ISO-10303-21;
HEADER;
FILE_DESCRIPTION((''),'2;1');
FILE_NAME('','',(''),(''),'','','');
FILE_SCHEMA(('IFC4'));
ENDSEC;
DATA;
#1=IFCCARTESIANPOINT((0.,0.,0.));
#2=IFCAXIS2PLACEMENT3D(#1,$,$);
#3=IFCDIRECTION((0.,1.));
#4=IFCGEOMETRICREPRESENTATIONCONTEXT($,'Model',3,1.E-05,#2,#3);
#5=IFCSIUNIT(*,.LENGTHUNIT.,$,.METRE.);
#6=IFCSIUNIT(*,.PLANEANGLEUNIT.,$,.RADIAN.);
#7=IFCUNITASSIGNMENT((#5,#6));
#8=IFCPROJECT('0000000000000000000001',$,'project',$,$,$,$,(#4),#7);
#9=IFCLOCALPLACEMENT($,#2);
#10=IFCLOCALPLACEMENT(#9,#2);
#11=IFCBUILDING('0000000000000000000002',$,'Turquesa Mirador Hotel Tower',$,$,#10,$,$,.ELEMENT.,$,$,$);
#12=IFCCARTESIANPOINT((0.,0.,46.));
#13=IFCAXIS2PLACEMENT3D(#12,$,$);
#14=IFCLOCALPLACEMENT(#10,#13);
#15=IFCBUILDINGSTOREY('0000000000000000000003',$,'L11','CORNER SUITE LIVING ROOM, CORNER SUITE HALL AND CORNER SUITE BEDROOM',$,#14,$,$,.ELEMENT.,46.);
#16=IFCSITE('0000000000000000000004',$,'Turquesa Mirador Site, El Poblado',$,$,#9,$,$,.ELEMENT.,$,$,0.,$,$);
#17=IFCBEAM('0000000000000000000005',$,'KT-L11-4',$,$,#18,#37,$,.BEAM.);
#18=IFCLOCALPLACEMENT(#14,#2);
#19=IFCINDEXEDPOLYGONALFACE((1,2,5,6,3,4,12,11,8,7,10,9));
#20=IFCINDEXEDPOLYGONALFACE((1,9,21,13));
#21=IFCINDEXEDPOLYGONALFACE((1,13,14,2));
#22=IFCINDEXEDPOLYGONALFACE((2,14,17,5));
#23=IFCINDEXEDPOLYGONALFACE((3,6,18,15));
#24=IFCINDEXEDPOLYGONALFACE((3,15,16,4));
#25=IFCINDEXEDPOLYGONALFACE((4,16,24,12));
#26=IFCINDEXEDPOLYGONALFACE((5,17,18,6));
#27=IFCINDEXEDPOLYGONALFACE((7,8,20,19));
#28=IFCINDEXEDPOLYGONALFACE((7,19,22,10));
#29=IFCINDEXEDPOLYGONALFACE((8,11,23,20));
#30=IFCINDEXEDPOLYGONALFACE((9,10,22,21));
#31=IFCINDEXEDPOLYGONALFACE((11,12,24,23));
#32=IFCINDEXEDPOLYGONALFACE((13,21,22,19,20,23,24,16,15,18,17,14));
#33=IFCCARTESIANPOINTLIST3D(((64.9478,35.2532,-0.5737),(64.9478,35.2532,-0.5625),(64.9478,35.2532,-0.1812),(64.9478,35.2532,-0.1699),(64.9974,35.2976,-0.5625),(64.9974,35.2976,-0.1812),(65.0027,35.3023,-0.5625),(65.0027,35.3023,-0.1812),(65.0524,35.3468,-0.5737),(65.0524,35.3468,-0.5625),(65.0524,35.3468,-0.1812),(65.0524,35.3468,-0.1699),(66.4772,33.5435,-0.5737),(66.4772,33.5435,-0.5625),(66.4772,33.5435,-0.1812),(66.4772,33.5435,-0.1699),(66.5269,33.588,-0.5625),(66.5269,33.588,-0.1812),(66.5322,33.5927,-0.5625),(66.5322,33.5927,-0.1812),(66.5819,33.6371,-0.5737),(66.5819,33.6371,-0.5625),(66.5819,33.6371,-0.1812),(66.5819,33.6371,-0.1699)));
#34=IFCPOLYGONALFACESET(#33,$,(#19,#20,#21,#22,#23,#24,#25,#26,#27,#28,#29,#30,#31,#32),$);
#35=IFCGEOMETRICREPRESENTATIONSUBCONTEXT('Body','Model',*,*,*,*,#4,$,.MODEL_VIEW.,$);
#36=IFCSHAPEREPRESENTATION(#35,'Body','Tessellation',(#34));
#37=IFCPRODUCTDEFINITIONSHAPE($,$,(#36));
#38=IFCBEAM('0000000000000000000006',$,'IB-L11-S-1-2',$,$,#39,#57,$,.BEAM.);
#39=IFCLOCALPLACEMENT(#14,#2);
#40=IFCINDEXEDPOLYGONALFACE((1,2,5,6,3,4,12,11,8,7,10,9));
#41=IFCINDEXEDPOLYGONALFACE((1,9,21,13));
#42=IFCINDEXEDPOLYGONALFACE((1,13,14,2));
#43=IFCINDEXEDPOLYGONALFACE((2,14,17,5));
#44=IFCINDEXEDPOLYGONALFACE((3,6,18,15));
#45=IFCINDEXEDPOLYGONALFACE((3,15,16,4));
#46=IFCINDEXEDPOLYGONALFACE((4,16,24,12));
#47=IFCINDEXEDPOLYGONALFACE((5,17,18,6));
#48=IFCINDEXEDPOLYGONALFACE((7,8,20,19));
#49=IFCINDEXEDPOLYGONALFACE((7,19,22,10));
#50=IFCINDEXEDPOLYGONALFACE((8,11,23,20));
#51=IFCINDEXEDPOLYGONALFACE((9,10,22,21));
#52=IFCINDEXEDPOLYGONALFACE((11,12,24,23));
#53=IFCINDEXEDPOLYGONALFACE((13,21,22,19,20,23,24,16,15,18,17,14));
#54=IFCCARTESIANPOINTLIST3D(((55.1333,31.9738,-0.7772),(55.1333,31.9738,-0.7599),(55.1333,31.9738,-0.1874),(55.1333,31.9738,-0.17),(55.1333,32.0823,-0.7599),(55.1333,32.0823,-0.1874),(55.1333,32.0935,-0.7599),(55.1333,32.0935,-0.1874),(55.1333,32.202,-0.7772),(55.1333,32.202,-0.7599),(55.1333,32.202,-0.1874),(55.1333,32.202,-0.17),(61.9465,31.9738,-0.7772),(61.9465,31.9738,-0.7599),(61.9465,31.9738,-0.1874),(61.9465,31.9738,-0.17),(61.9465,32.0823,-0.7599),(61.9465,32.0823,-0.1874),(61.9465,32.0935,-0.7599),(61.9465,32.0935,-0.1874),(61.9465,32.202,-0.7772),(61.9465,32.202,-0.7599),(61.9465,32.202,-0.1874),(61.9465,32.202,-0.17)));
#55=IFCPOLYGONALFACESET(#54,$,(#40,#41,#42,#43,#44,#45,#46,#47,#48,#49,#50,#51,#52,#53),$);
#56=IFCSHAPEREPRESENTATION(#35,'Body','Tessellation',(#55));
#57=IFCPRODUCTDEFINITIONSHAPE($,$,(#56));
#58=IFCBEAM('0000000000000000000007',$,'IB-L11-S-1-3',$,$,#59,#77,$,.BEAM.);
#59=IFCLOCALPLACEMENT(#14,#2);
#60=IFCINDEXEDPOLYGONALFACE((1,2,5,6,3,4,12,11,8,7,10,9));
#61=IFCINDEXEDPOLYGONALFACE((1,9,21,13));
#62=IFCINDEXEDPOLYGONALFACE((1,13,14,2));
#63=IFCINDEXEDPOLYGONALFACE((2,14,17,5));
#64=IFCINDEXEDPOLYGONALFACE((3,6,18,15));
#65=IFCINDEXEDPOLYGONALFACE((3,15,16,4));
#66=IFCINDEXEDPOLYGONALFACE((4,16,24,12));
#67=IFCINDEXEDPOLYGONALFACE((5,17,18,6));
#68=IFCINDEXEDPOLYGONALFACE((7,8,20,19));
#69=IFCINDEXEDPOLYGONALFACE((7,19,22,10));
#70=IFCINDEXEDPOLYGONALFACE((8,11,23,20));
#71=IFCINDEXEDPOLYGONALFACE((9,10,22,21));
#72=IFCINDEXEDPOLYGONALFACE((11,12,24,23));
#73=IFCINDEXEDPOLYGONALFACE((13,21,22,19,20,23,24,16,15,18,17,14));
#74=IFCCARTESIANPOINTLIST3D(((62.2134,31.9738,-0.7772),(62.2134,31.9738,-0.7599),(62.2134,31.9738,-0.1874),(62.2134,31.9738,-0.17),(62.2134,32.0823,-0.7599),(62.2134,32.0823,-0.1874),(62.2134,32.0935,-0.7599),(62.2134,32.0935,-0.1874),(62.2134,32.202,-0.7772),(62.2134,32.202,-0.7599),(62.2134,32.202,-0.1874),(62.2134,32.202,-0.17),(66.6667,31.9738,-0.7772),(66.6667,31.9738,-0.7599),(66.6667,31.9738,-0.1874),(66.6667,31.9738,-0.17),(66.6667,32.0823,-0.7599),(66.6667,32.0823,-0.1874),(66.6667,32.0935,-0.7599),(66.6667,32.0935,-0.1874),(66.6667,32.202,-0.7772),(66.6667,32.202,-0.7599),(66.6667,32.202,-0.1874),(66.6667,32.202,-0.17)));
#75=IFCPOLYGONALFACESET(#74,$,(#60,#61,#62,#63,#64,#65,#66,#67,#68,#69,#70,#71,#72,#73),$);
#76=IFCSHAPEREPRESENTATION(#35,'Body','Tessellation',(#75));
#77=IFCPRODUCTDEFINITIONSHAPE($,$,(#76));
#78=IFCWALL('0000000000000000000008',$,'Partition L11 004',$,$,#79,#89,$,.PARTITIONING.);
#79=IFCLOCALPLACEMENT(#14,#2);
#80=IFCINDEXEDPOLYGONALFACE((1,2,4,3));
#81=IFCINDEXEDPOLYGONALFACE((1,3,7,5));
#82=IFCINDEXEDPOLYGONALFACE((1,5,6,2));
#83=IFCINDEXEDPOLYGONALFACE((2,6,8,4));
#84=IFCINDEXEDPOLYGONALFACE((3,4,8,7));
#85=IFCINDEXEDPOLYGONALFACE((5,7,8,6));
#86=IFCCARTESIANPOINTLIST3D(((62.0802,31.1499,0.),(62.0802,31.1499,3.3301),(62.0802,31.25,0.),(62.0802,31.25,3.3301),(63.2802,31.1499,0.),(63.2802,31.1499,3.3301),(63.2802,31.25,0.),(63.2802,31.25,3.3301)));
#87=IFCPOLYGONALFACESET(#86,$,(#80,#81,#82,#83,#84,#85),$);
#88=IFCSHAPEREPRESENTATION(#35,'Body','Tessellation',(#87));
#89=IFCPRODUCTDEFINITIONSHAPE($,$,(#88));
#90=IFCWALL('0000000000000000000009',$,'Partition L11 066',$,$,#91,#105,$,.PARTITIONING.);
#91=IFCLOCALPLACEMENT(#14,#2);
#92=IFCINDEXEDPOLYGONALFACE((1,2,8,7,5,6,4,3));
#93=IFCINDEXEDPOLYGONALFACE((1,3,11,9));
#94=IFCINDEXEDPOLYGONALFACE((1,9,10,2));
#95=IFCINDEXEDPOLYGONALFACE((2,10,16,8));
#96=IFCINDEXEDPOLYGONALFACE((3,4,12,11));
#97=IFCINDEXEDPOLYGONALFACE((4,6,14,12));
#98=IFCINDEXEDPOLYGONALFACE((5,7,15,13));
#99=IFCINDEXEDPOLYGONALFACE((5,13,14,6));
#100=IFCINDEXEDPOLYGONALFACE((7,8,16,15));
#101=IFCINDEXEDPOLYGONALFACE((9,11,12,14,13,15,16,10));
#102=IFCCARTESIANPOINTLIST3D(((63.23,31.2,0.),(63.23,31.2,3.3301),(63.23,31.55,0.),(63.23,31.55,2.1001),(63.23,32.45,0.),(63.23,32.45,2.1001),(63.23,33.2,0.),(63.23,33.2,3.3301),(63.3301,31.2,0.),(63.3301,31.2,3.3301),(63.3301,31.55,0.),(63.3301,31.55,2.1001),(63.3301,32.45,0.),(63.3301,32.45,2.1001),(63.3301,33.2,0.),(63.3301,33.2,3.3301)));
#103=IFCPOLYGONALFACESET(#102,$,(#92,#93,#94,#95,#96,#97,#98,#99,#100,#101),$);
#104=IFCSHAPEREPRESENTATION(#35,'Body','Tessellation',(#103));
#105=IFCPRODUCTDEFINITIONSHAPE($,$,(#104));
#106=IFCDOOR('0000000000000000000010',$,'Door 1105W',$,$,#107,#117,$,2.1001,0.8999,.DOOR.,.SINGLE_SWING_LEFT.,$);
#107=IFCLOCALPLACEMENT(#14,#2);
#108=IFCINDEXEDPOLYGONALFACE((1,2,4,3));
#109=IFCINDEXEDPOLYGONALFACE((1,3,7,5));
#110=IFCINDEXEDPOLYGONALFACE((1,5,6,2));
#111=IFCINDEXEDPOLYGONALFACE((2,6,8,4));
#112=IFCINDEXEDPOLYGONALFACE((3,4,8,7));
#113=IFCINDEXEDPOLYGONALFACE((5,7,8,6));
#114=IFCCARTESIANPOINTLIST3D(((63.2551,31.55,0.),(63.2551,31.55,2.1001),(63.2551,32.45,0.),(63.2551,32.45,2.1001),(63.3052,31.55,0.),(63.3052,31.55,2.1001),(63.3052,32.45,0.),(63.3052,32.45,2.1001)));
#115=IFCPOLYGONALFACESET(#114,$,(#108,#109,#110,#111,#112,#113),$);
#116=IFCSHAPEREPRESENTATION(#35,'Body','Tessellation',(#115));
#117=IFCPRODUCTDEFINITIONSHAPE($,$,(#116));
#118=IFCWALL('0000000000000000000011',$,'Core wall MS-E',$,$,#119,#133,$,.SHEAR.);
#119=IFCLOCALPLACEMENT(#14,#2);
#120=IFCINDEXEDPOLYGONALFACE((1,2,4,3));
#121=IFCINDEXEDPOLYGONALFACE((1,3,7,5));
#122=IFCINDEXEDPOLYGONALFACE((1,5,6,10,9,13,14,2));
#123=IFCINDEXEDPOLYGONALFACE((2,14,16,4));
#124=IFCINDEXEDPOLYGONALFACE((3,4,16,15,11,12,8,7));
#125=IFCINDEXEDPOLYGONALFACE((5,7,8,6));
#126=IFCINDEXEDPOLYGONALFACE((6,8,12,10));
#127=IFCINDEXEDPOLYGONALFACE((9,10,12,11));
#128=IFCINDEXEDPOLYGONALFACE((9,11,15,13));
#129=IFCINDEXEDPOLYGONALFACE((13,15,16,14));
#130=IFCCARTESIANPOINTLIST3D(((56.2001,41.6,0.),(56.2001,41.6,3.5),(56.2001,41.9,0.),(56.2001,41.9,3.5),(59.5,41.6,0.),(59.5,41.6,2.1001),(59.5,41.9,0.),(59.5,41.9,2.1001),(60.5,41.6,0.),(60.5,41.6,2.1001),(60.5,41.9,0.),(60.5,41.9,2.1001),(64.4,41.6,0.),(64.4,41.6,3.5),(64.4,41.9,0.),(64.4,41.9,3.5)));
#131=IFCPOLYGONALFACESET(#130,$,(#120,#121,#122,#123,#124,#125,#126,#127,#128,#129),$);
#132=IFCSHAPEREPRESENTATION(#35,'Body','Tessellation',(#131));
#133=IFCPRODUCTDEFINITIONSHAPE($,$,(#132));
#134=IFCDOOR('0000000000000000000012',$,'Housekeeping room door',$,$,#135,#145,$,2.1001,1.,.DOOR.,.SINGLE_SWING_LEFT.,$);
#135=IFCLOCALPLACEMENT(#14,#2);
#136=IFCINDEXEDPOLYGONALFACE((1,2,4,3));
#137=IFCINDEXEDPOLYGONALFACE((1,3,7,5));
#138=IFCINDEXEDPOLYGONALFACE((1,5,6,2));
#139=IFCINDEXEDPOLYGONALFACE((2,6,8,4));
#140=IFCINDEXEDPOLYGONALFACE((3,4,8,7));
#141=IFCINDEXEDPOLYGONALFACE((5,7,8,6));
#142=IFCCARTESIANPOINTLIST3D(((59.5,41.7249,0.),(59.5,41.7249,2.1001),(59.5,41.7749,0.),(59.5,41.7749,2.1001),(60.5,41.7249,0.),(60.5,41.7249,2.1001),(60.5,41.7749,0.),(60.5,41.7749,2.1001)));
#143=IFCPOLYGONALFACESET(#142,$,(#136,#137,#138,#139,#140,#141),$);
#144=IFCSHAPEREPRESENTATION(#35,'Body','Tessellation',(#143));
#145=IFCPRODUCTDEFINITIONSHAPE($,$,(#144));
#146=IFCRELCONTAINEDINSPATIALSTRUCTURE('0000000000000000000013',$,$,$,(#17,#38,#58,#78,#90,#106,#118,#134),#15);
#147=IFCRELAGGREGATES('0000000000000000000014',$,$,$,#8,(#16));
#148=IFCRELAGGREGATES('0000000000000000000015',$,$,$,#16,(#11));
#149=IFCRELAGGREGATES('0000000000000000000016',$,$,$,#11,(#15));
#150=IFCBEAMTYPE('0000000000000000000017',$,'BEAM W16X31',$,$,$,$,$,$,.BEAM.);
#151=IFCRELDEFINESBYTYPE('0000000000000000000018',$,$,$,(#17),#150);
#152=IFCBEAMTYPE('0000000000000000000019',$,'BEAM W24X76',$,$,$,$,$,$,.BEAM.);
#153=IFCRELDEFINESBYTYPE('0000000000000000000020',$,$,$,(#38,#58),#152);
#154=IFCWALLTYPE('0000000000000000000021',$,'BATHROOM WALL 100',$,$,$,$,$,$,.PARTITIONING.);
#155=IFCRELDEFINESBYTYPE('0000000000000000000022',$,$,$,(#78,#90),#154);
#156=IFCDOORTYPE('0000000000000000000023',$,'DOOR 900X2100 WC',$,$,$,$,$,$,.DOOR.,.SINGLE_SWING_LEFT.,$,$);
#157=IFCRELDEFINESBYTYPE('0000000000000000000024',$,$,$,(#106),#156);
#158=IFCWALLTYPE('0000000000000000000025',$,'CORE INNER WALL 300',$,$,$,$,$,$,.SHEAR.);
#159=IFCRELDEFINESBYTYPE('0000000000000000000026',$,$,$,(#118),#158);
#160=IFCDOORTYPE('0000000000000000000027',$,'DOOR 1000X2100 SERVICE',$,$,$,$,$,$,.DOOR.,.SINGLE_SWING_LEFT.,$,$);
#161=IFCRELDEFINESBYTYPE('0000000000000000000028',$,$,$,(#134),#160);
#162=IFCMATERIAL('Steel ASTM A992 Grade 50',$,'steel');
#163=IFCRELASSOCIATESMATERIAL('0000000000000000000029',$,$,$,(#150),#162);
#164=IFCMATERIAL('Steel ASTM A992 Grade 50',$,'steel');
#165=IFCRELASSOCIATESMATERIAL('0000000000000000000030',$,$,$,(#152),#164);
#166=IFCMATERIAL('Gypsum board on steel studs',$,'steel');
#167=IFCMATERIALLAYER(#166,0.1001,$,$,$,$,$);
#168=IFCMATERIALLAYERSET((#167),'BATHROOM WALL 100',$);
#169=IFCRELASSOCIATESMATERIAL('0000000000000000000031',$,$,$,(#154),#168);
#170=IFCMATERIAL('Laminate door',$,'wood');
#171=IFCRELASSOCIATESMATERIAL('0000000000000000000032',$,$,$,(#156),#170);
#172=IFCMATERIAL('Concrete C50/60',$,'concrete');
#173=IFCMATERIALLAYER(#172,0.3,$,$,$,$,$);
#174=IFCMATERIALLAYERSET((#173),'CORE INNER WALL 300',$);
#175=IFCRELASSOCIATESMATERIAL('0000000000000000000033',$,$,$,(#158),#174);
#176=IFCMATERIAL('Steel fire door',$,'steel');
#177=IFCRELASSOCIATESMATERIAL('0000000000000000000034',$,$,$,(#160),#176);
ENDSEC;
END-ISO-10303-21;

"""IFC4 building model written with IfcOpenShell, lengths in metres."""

from ifc_helpers import new_model, si_unit, direction, frame, frame_2d, origin, origin_2d, place, context, subcontext, project, spatial, rectangle, i_section, extrude, material, layer, layer_set, material_profile, profile_set, type_object, element, fill, save


model = new_model("IFC4")

# Units and contexts
model_context = context("Model", 3, precision=1e-05, world=origin(), true_north=direction((0.0, 1.0)))
body_context = subcontext(model_context, "Body", "Model", "MODEL_VIEW")
ifc_project = project(units=[si_unit("LENGTHUNIT", "METRE"), si_unit("PLANEANGLEUNIT", "RADIAN")], contexts=[model_context])

# Site, building, storey
site_placement = place(None, origin())
site = spatial("IfcSite", under=ifc_project, at=site_placement, Name="Turquesa Mirador Site, El Poblado", CompositionType="ELEMENT", RefElevation=0.0)
building_placement = place(site_placement, origin())
building = spatial("IfcBuilding", under=site, at=building_placement, Name="Turquesa Mirador Hotel Tower", CompositionType="ELEMENT")
storey_placement = place(building_placement, frame((0.0, 0.0, 46.0)))
storey = spatial("IfcBuildingStorey", under=building, at=storey_placement, Name="L11", Description="CORNER SUITE LIVING ROOM, CORNER SUITE HALL AND CORNER SUITE BEDROOM", CompositionType="ELEMENT", Elevation=46.0)

# Beams
ifc_material_1 = material(Name="Steel ASTM A992 Grade 50", Category="steel")
ifc_material_profile_1 = material_profile(ifc_material_1, i_section(OverallWidth=0.1404, OverallDepth=0.4038, WebThickness=0.0071, FlangeThickness=0.0112, at=origin_2d()), Name="W16X31")
ifc_profile_set_1 = profile_set([ifc_material_profile_1], Name="Steel ASTM A992 Grade 50")
beam_type_1 = type_object("IfcBeamType", Name="BEAM W16X31", PredefinedType="BEAM", material=ifc_profile_set_1)
beam_1_placement = place(storey_placement, frame((66.5295, 33.5903, -0.3718), z_axis=(-0.666745, 0.745286, 0.0), x_axis=(-0.745286, -0.666745, 0.0)))
element("IfcBeam", 1, at=beam_1_placement, inside=storey, type_object=beam_type_1, Name="KT-L11-4", PredefinedType="BEAM", context=body_context, shape_type="SweptSolid", body=[
    extrude(i_section(OverallWidth=0.1404, OverallDepth=0.4038, WebThickness=0.0071, FlangeThickness=0.0112, at=origin_2d()), origin(), (0.0, 0.0, 1.0), 2.2939),
])
ifc_material_2 = material(Name="Steel ASTM A992 Grade 50", Category="steel")
ifc_material_profile_2 = material_profile(ifc_material_2, i_section(OverallWidth=0.2283, OverallDepth=0.6072, WebThickness=0.0112, FlangeThickness=0.0173, at=origin_2d()), Name="W24X76")
ifc_profile_set_2 = profile_set([ifc_material_profile_2], Name="Steel ASTM A992 Grade 50")
beam_type_2 = type_object("IfcBeamType", Name="BEAM W24X76", PredefinedType="BEAM", material=ifc_profile_set_2)
beam_2_placement = place(storey_placement, frame((55.1333, 32.0879, -0.4736), z_axis=(1.0, 0.0, 0.0), x_axis=(0.0, 1.0, 0.0)))
element("IfcBeam", 2, at=beam_2_placement, inside=storey, type_object=beam_type_2, Name="IB-L11-S-1-2", PredefinedType="BEAM", context=body_context, shape_type="SweptSolid", body=[
    extrude(i_section(OverallWidth=0.2283, OverallDepth=0.6072, WebThickness=0.0112, FlangeThickness=0.0173, at=origin_2d()), origin(), (0.0, 0.0, 1.0), 6.8132),
])
beam_3_placement = place(storey_placement, frame((62.2134, 32.0879, -0.4736), z_axis=(1.0, 0.0, 0.0), x_axis=(0.0, 1.0, 0.0)))
element("IfcBeam", 3, at=beam_3_placement, inside=storey, type_object=beam_type_2, Name="IB-L11-S-1-3", PredefinedType="BEAM", context=body_context, shape_type="SweptSolid", body=[
    extrude(i_section(OverallWidth=0.2283, OverallDepth=0.6072, WebThickness=0.0112, FlangeThickness=0.0173, at=origin_2d()), origin(), (0.0, 0.0, 1.0), 4.4534),
])

# Wall
ifc_material_3 = material(Name="Gypsum board on steel studs", Category="steel")
ifc_layer_1 = layer(ifc_material_3, 0.1001)
ifc_layer_set_1 = layer_set([ifc_layer_1], Name="BATHROOM WALL 100")
wall_type_1 = type_object("IfcWallType", Name="BATHROOM WALL 100", PredefinedType="PARTITIONING", material=ifc_layer_set_1)
wall_1_placement = place(storey_placement, frame((62.0801, 31.2, 0.0), z_axis=(0.0, 0.0, 1.0), x_axis=(1.0, 0.0, 0.0)))
element("IfcWall", 4, at=wall_1_placement, inside=storey, type_object=wall_type_1, Name="Partition L11 004", PredefinedType="PARTITIONING", context=body_context, shape_type="SweptSolid", body=[
    extrude(rectangle(XDim=1.2, YDim=0.1001, at=frame_2d((0.6001, 0.0))), origin(), (0.0, 0.0, 1.0), 3.3301),
])

# Walls, openings, doors
wall_2_placement = place(storey_placement, frame((63.28, 31.2, 0.0), z_axis=(0.0, 0.0, 1.0), x_axis=(0.0, 1.0, 0.0)))
wall_2 = element("IfcWall", 5, at=wall_2_placement, inside=storey, type_object=wall_type_1, Name="Partition L11 066", PredefinedType="PARTITIONING", context=body_context, shape_type="SweptSolid", body=[
    extrude(rectangle(XDim=2.0, YDim=0.1001, at=frame_2d((1.0, 0.0))), origin(), (0.0, 0.0, 1.0), 3.3301),
])
opening_1_placement = place(wall_2_placement, frame((0.3501, 0.0, 0.0)))
opening_1 = element("IfcOpeningElement", 6, at=opening_1_placement, cuts=wall_2, PredefinedType="OPENING", context=body_context, shape_type="SweptSolid", body=[
    extrude(rectangle(XDim=0.8999, YDim=2.1001, at=frame_2d((0.45, 1.05))), frame((0.0, 0.0601, 0.0), z_axis=(0.0, -1.0, 0.0), x_axis=(1.0, 0.0, 0.0)), (0.0, 0.0, 1.0), 0.1201),
])
ifc_material_4 = material(Name="Laminate door", Category="wood")
door_type_1 = type_object("IfcDoorType", Name="DOOR 900X2100 WC", OperationType="SINGLE_SWING_LEFT", PredefinedType="DOOR", material=ifc_material_4)
door_1_placement = place(opening_1_placement, origin())
door_1 = element("IfcDoor", 7, at=door_1_placement, inside=storey, type_object=door_type_1, Name="Door 1105W", OperationType="SINGLE_SWING_LEFT", OverallHeight=2.1001, OverallWidth=0.8999, PredefinedType="DOOR", context=body_context, shape_type="SweptSolid", body=[
    extrude(rectangle(XDim=0.8999, YDim=2.1001, at=frame_2d((0.45, 1.05))), frame((0.0, 0.0249, 0.0), z_axis=(0.0, -1.0, 0.0), x_axis=(1.0, 0.0, 0.0)), (0.0, 0.0, 1.0), 0.05),
])
fill(opening_1, door_1)
ifc_material_5 = material(Name="Concrete C50/60", Category="concrete")
ifc_layer_2 = layer(ifc_material_5, 0.3)
ifc_layer_set_2 = layer_set([ifc_layer_2], Name="CORE INNER WALL 300")
wall_type_2 = type_object("IfcWallType", Name="CORE INNER WALL 300", PredefinedType="SHEAR", material=ifc_layer_set_2)
wall_3_placement = place(storey_placement, frame((56.2, 41.75, 0.0), z_axis=(0.0, 0.0, 1.0), x_axis=(1.0, 0.0, 0.0)))
wall_3 = element("IfcWall", 8, at=wall_3_placement, inside=storey, type_object=wall_type_2, Name="Core wall MS-E", PredefinedType="SHEAR", context=body_context, shape_type="SweptSolid", body=[
    extrude(rectangle(XDim=8.2, YDim=0.3, at=frame_2d((4.1001, 0.0))), origin(), (0.0, 0.0, 1.0), 3.5),
])
opening_2_placement = place(wall_3_placement, frame((3.3, 0.0, 0.0)))
opening_2 = element("IfcOpeningElement", 9, at=opening_2_placement, cuts=wall_3, PredefinedType="OPENING", context=body_context, shape_type="SweptSolid", body=[
    extrude(rectangle(XDim=1.0, YDim=2.1001, at=frame_2d((0.5, 1.05))), frame((0.0, 0.1599, 0.0), z_axis=(0.0, -1.0, 0.0), x_axis=(1.0, 0.0, 0.0)), (0.0, 0.0, 1.0), 0.3201),
])
ifc_material_6 = material(Name="Steel fire door", Category="steel")
door_type_2 = type_object("IfcDoorType", Name="DOOR 1000X2100 SERVICE", OperationType="SINGLE_SWING_LEFT", PredefinedType="DOOR", material=ifc_material_6)
door_2_placement = place(opening_2_placement, origin())
door_2 = element("IfcDoor", 10, at=door_2_placement, inside=storey, type_object=door_type_2, Name="Housekeeping room door", OperationType="SINGLE_SWING_LEFT", OverallHeight=2.1001, OverallWidth=1.0, PredefinedType="DOOR", context=body_context, shape_type="SweptSolid", body=[
    extrude(rectangle(XDim=1.0, YDim=2.1001, at=frame_2d((0.5, 1.05))), frame((0.0, 0.0249, 0.0), z_axis=(0.0, -1.0, 0.0), x_axis=(1.0, 0.0, 0.0)), (0.0, 0.0, 1.0), 0.05),
])
fill(opening_2, door_2)

save(model, "model.ifc")
